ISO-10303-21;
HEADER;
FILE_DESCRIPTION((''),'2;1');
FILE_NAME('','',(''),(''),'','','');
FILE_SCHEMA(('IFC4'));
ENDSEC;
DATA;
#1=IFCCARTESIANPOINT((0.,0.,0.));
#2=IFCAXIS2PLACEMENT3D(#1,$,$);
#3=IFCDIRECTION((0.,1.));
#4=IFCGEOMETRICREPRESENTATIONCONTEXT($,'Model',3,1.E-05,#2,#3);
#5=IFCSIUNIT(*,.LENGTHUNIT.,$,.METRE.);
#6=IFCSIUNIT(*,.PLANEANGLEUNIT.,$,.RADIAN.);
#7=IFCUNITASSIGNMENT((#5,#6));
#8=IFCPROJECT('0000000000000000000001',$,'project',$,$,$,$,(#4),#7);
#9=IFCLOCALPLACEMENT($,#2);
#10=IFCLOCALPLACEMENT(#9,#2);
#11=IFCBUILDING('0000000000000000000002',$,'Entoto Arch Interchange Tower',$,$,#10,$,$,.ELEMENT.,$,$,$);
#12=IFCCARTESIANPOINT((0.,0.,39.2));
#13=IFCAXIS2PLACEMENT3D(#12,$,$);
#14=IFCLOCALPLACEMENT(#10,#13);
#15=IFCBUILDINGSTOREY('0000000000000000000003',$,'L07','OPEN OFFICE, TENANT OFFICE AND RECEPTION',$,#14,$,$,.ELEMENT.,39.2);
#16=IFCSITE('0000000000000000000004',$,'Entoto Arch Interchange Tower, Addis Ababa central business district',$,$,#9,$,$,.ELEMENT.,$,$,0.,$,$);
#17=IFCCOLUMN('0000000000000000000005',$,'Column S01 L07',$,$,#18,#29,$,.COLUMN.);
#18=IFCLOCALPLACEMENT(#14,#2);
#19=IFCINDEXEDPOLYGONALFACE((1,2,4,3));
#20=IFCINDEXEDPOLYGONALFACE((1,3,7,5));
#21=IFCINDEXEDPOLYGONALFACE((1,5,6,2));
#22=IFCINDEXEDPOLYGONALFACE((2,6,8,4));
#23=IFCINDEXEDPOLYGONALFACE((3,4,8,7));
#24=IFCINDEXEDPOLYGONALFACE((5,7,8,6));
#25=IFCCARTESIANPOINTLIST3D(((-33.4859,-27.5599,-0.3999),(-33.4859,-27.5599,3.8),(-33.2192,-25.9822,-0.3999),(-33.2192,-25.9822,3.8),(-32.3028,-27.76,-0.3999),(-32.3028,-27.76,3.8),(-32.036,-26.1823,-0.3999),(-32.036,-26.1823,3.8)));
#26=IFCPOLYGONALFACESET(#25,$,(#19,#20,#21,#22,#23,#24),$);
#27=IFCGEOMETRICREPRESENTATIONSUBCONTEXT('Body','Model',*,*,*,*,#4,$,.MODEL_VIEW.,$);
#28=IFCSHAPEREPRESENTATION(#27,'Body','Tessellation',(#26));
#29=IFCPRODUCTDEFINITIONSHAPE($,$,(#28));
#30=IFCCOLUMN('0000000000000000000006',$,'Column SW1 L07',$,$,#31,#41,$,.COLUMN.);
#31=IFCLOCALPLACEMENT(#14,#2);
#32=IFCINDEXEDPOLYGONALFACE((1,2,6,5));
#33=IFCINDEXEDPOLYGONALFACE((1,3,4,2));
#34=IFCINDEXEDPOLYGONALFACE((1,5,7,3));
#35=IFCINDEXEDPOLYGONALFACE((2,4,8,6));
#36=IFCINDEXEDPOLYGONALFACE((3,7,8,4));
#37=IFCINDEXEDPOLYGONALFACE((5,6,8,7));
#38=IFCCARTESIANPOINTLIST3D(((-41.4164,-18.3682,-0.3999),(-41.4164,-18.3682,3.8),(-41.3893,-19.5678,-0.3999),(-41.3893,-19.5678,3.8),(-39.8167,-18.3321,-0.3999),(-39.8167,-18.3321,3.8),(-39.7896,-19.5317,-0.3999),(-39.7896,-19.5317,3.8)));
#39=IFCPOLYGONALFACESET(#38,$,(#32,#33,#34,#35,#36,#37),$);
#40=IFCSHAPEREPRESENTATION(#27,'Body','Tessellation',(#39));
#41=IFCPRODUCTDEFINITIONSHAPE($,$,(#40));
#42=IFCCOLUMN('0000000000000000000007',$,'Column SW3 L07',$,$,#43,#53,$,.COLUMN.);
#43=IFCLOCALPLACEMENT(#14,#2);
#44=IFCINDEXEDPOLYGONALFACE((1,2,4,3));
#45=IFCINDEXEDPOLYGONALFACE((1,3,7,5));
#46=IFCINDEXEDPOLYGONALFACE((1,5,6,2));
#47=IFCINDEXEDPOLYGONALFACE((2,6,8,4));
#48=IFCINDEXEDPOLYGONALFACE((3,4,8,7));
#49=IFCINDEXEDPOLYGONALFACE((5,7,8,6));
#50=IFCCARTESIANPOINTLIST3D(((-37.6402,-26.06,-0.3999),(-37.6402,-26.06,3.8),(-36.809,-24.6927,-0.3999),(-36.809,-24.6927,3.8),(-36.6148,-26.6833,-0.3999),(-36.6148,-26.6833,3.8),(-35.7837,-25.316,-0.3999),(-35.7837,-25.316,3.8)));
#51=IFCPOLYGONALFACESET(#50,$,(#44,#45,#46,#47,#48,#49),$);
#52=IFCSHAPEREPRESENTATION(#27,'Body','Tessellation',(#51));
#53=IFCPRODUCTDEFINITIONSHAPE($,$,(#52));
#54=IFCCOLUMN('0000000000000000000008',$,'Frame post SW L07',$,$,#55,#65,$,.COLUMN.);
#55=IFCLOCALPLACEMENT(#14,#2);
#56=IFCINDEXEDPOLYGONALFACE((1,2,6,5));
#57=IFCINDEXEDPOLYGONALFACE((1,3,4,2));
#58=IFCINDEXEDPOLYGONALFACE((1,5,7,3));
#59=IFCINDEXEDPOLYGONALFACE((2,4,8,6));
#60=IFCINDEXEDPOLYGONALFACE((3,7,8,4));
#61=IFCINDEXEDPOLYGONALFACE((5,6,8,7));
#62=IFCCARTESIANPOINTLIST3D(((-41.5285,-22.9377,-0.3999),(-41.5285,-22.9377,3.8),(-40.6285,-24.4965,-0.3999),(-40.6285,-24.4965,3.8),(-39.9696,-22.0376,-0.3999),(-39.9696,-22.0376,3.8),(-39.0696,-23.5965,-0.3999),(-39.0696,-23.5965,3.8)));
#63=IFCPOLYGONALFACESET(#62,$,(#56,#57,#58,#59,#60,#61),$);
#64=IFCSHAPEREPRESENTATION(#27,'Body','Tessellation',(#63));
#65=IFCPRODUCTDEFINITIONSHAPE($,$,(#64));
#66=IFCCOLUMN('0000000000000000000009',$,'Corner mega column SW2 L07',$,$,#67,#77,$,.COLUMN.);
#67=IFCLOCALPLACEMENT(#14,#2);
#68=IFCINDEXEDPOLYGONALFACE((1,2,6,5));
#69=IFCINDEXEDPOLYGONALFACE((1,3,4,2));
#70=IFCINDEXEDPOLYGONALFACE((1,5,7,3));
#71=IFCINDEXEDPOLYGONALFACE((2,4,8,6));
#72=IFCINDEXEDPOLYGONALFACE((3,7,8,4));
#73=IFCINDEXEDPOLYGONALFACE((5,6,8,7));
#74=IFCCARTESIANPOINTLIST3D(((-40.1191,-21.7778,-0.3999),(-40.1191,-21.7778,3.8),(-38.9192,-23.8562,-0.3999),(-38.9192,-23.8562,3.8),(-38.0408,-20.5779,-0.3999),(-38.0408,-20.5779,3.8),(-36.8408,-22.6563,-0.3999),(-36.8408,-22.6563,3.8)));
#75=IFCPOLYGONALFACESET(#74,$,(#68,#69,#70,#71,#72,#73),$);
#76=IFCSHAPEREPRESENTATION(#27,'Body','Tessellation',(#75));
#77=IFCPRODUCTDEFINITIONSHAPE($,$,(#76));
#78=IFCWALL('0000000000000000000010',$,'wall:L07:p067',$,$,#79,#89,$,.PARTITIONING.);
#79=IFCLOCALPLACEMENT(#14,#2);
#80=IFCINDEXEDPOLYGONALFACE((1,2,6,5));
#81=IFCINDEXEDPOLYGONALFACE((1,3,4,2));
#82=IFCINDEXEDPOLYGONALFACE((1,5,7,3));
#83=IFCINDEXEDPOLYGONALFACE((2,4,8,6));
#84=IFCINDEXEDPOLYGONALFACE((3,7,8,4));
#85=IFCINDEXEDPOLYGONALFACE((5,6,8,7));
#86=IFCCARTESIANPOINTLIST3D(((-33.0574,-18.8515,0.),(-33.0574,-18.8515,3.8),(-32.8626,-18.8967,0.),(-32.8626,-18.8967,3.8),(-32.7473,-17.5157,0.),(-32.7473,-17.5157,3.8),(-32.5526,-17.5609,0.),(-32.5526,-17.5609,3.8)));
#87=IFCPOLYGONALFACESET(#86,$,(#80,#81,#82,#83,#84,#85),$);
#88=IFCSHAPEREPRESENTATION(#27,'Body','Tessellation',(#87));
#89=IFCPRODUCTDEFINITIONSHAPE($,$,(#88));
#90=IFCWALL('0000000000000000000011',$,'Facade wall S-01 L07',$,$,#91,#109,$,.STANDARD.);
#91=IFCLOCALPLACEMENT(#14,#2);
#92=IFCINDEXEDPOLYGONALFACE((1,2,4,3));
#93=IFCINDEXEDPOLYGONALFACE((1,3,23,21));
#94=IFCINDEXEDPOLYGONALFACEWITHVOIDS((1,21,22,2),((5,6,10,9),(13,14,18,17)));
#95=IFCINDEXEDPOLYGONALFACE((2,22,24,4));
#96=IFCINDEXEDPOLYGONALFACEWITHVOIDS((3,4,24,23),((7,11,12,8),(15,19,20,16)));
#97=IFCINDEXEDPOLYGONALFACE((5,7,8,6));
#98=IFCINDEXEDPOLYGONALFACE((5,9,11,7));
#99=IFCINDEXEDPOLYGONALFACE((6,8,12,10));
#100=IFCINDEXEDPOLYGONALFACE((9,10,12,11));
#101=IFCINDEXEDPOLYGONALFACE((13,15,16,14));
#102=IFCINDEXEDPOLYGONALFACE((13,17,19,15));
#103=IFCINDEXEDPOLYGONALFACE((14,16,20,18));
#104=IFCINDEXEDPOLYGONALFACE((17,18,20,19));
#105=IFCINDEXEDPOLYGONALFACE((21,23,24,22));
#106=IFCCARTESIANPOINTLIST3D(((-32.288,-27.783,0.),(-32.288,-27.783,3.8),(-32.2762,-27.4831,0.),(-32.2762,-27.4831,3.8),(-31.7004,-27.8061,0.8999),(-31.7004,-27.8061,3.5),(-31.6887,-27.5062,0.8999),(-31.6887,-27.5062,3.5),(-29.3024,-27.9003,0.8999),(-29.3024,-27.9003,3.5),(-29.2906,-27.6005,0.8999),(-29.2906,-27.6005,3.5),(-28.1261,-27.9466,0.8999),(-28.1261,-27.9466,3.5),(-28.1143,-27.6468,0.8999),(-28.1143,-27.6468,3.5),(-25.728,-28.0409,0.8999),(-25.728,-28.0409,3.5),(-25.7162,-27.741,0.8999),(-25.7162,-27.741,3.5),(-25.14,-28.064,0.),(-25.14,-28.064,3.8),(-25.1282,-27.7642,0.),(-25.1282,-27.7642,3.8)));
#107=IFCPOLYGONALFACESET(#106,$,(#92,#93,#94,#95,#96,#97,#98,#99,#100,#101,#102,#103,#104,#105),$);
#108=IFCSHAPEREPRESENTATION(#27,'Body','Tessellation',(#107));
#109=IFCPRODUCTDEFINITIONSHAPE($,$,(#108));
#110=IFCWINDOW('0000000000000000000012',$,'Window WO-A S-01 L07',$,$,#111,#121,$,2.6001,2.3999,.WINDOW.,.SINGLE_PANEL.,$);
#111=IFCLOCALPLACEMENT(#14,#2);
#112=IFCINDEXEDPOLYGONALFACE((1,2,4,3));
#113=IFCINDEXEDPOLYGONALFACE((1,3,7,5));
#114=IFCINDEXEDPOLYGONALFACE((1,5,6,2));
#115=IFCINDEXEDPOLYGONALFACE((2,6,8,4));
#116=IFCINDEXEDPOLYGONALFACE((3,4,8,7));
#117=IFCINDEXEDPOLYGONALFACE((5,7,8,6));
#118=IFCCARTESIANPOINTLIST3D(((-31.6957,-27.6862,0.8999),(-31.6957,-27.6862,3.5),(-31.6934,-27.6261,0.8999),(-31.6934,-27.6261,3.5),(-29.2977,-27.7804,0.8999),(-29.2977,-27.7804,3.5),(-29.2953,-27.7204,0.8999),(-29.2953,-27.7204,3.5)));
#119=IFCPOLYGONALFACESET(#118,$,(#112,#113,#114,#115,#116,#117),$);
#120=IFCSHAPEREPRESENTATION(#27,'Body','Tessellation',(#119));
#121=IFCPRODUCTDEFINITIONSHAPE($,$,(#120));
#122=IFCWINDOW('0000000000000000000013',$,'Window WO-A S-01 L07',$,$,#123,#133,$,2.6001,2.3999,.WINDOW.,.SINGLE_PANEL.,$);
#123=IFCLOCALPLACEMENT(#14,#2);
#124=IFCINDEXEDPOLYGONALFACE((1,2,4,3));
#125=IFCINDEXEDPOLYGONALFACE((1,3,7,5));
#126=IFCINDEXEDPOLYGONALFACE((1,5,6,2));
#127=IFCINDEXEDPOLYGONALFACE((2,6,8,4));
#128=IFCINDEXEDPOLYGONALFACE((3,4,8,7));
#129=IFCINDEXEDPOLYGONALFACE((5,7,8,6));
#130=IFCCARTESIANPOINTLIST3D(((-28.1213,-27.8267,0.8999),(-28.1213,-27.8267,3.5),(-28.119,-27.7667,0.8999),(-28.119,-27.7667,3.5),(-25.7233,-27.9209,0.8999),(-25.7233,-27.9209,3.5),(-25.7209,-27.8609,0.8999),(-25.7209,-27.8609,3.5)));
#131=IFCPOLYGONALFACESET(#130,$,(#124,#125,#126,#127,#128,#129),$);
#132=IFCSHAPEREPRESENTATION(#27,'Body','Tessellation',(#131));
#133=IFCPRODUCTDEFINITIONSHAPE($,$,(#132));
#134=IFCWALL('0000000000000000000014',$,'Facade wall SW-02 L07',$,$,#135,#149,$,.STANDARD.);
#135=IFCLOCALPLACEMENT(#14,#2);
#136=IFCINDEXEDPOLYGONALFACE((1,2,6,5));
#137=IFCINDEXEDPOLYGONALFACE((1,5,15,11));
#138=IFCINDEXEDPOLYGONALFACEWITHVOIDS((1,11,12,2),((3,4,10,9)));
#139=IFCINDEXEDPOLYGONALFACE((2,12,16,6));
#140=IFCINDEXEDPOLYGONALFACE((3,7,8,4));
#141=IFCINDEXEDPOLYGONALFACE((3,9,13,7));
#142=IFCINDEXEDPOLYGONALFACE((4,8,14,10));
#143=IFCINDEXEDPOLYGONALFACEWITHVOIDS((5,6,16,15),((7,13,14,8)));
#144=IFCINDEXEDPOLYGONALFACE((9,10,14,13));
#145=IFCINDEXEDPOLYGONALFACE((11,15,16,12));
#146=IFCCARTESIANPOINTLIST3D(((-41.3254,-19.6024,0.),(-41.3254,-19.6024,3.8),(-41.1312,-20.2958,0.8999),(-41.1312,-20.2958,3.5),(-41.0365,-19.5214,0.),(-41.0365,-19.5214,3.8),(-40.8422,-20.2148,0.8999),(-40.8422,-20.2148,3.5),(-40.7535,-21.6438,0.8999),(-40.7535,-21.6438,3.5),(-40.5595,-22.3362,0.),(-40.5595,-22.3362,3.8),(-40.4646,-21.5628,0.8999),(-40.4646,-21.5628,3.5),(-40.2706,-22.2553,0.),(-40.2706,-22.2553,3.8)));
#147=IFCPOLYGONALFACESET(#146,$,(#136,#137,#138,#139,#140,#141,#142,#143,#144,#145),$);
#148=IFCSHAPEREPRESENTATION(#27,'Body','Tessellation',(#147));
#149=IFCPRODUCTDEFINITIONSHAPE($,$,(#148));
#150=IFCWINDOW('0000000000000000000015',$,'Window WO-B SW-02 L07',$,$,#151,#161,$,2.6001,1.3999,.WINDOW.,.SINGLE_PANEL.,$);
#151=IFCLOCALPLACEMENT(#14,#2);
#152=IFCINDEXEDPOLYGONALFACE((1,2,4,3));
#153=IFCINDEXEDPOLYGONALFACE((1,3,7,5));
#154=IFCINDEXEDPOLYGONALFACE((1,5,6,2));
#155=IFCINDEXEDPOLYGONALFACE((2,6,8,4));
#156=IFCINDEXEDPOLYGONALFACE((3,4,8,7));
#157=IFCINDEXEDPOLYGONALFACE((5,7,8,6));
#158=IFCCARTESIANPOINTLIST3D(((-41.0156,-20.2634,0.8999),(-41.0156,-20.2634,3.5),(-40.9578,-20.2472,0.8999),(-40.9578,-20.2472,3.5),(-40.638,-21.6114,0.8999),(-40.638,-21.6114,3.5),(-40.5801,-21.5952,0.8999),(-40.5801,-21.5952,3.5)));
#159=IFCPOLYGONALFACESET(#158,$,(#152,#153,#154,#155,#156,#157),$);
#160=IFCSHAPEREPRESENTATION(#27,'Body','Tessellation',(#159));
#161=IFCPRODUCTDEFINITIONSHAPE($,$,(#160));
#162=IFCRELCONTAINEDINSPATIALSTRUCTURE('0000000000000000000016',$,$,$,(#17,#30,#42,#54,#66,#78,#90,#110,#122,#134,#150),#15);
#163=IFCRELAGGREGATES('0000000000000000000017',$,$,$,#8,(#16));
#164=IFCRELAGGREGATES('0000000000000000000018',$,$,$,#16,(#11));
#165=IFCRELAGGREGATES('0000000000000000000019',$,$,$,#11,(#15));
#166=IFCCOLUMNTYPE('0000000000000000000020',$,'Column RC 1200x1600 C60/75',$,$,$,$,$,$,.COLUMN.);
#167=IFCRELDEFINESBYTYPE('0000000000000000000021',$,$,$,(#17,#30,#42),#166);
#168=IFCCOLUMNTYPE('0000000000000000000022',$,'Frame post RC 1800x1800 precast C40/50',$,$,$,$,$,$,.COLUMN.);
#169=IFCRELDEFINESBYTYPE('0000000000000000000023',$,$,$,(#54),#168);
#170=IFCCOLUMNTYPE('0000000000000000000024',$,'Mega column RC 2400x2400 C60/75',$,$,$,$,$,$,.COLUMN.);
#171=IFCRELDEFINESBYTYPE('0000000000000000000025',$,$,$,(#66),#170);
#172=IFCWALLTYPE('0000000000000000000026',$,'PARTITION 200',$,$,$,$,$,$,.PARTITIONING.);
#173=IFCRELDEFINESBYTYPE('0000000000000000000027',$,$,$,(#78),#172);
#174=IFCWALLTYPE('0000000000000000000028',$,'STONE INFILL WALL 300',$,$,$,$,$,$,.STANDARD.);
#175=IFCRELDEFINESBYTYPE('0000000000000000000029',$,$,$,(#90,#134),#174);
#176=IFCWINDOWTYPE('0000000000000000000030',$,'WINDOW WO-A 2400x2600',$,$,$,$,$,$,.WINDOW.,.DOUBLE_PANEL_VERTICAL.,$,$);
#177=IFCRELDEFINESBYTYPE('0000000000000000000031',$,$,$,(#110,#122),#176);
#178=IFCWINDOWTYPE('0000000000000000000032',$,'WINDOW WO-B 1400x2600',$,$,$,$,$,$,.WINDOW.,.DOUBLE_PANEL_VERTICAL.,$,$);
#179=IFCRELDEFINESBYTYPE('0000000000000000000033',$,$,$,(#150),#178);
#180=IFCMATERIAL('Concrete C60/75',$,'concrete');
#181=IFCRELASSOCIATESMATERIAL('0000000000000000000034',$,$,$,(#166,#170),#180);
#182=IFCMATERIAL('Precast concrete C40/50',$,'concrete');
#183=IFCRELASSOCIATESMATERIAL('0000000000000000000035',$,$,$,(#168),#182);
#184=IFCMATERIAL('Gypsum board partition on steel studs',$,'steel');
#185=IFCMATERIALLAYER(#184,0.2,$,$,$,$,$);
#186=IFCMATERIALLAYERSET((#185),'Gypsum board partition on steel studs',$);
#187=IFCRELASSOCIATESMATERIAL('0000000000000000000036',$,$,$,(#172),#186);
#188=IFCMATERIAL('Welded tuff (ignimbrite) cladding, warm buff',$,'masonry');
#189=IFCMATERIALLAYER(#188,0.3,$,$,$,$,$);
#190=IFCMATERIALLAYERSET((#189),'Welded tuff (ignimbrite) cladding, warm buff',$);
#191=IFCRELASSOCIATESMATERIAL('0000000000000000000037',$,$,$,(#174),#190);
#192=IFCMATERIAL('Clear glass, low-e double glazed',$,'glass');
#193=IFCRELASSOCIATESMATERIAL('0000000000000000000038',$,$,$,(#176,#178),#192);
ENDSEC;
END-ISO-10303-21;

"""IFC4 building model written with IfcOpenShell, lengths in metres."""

from ifc_helpers import new_model, si_unit, direction, frame, frame_2d, origin, origin_2d, place, context, subcontext, project, spatial, rectangle, extrude, material, layer, layer_set, material_profile, profile_set, type_object, element, fill, save


model = new_model("IFC4")

# Units and contexts
model_context = context("Model", 3, precision=1e-05, world=origin(), true_north=direction((0.0, 1.0)))
body_context = subcontext(model_context, "Body", "Model", "MODEL_VIEW")
ifc_project = project(units=[si_unit("LENGTHUNIT", "METRE"), si_unit("PLANEANGLEUNIT", "RADIAN")], contexts=[model_context])

# Site, building, storey
site_placement = place(None, origin())
site = spatial("IfcSite", under=ifc_project, at=site_placement, Name="Entoto Arch Interchange Tower, Addis Ababa central business district", CompositionType="ELEMENT", RefElevation=0.0)
building_placement = place(site_placement, origin())
building = spatial("IfcBuilding", under=site, at=building_placement, Name="Entoto Arch Interchange Tower", CompositionType="ELEMENT")
storey_placement = place(building_placement, frame((0.0, 0.0, 39.2)))
storey = spatial("IfcBuildingStorey", under=building, at=storey_placement, Name="L07", Description="OPEN OFFICE, TENANT OFFICE AND RECEPTION", CompositionType="ELEMENT", Elevation=39.2)

# Columns
ifc_material_1 = material(Name="Concrete C60/75", Category="concrete")
ifc_material_profile_1 = material_profile(ifc_material_1, rectangle(XDim=1.2, YDim=1.6001, at=origin_2d()))
ifc_profile_set_1 = profile_set([ifc_material_profile_1], Name="Concrete C60/75")
column_type_1 = type_object("IfcColumnType", Name="Column RC 1200x1600 C60/75", PredefinedType="COLUMN", material=ifc_profile_set_1)
for number, where, z_axis, x_axis, name in (
    (1, (-32.761, -26.8711, -0.3999), (0.0, 0.0, 1.0), (-0.986005, 0.166717, 0.0), "Column S01 L07"),
    (2, (-40.603, -18.95, -0.3999), (0.0, 0.0, 1.0), (-0.022565, 0.999745, 0.0), "Column SW1 L07"),
    (3, (-36.7119, -25.688, -0.3999), (0.0, 0.0, 1.0), (-0.854522, 0.519415, 0.0), "Column SW3 L07"),
):
    element("IfcColumn", number, at=place(storey_placement, frame(where, z_axis=z_axis, x_axis=x_axis)), inside=storey, type_object=column_type_1, Name=name, PredefinedType="COLUMN", context=body_context, shape_type="SweptSolid", body=[
        extrude(rectangle(XDim=1.2, YDim=1.6001, at=origin_2d()), origin(), (0.0, 0.0, 1.0), 4.2),
    ])
ifc_material_2 = material(Name="Precast concrete C40/50", Category="concrete")
ifc_material_profile_2 = material_profile(ifc_material_2, rectangle(XDim=1.8, YDim=1.8, at=origin_2d()))
ifc_profile_set_2 = profile_set([ifc_material_profile_2], Name="Precast concrete C40/50")
column_type_2 = type_object("IfcColumnType", Name="Frame post RC 1800x1800 precast C40/50", PredefinedType="COLUMN", material=ifc_profile_set_2)
column_1_placement = place(storey_placement, frame((-40.2991, -23.2671, -0.3999), z_axis=(0.0, 0.0, 1.0), x_axis=(0.866025, 0.5, 0.0)))
element("IfcColumn", 4, at=column_1_placement, inside=storey, type_object=column_type_2, Name="Frame post SW L07", PredefinedType="COLUMN", context=body_context, shape_type="SweptSolid", body=[
    extrude(rectangle(XDim=1.8, YDim=1.8, at=origin_2d()), origin(), (0.0, 0.0, 1.0), 4.2),
])
ifc_material_profile_3 = material_profile(ifc_material_1, rectangle(XDim=2.3999, YDim=2.3999, at=origin_2d()))
ifc_profile_set_3 = profile_set([ifc_material_profile_3], Name="Concrete C60/75")
column_type_3 = type_object("IfcColumnType", Name="Mega column RC 2400x2400 C60/75", PredefinedType="COLUMN", material=ifc_profile_set_3)
column_2_placement = place(storey_placement, frame((-38.48, -22.217, -0.3999), z_axis=(0.0, 0.0, 1.0), x_axis=(0.866025, 0.5, 0.0)))
element("IfcColumn", 5, at=column_2_placement, inside=storey, type_object=column_type_3, Name="Corner mega column SW2 L07", PredefinedType="COLUMN", context=body_context, shape_type="SweptSolid", body=[
    extrude(rectangle(XDim=2.3999, YDim=2.3999, at=origin_2d()), origin(), (0.0, 0.0, 1.0), 4.2),
])

# Wall
ifc_material_3 = material(Name="Gypsum board partition on steel studs", Category="steel")
ifc_layer_1 = layer(ifc_material_3, 0.2)
ifc_layer_set_1 = layer_set([ifc_layer_1], Name="Gypsum board partition on steel studs")
wall_type_1 = type_object("IfcWallType", Name="PARTITION 200", PredefinedType="PARTITIONING", material=ifc_layer_set_1)
wall_1_placement = place(storey_placement, frame((-32.96, -18.874, 0.0), z_axis=(0.0, 0.0, 1.0), x_axis=(0.226081, 0.974108, 0.0)))
element("IfcWall", 6, at=wall_1_placement, inside=storey, type_object=wall_type_1, Name="wall:L07:p067", PredefinedType="PARTITIONING", context=body_context, shape_type="SweptSolid", body=[
    extrude(rectangle(XDim=1.3713, YDim=0.2, at=frame_2d((0.6855, 0.0))), origin(), (0.0, 0.0, 1.0), 3.8),
])

# Wall, openings, windows
ifc_material_4 = material(Name="Welded tuff (ignimbrite) cladding, warm buff", Category="masonry")
ifc_layer_2 = layer(ifc_material_4, 0.3)
ifc_layer_set_2 = layer_set([ifc_layer_2], Name="Welded tuff (ignimbrite) cladding, warm buff")
wall_type_2 = type_object("IfcWallType", Name="STONE INFILL WALL 300", PredefinedType="STANDARD", material=ifc_layer_set_2)
wall_2_placement = place(storey_placement, frame((-32.282, -27.6331, 0.0), z_axis=(0.0, 0.0, 1.0), x_axis=(0.999228, -0.039282, 0.0)))
wall_2 = element("IfcWall", 7, at=wall_2_placement, inside=storey, type_object=wall_type_2, Name="Facade wall S-01 L07", PredefinedType="STANDARD", context=body_context, shape_type="SweptSolid", body=[
    extrude(rectangle(XDim=7.1536, YDim=0.3, at=frame_2d((3.5767, 0.0))), origin(), (0.0, 0.0, 1.0), 3.8),
])
opening_1_placement = place(wall_2_placement, frame((0.5879, 0.0, 0.8999)))
opening_1 = element("IfcOpeningElement", 8, at=opening_1_placement, cuts=wall_2, PredefinedType="OPENING", context=body_context, shape_type="SweptSolid", body=[
    extrude(rectangle(XDim=2.3999, YDim=2.6001, at=frame_2d((1.2, 1.3))), frame((0.0, 0.1602, 0.0), z_axis=(0.0, -1.0, 0.0), x_axis=(1.0, 0.0, 0.0)), (0.0, 0.0, 1.0), 0.3201),
])
opening_2_placement = place(wall_2_placement, frame((4.165, 0.0, 0.8999)))
opening_2 = element("IfcOpeningElement", 9, at=opening_2_placement, cuts=wall_2, PredefinedType="OPENING", context=body_context, shape_type="SweptSolid", body=[
    extrude(rectangle(XDim=2.3999, YDim=2.6001, at=frame_2d((1.2, 1.3))), frame((0.0, 0.1602, 0.0), z_axis=(0.0, -1.0, 0.0), x_axis=(1.0, 0.0, 0.0)), (0.0, 0.0, 1.0), 0.3201),
])
ifc_material_5 = material(Name="Clear glass, low-e double glazed", Category="glass")
window_type_1 = type_object("IfcWindowType", Name="WINDOW WO-A 2400x2600", PartitioningType="DOUBLE_PANEL_VERTICAL", PredefinedType="WINDOW", material=ifc_material_5)
window_1_placement = place(opening_1_placement, origin())
window_1 = element("IfcWindow", 10, at=window_1_placement, inside=storey, type_object=window_type_1, Name="Window WO-A S-01 L07", OverallHeight=2.6001, OverallWidth=2.3999, PartitioningType="SINGLE_PANEL", PredefinedType="WINDOW", context=body_context, shape_type="SweptSolid", body=[
    extrude(rectangle(XDim=2.3999, YDim=2.6001, at=frame_2d((1.2, 1.3))), frame((0.0, 0.03, 0.0), z_axis=(0.0, -1.0, 0.0), x_axis=(1.0, 0.0, 0.0)), (0.0, 0.0, 1.0), 0.0601),
])
fill(opening_1, window_1)
window_2_placement = place(opening_2_placement, origin())
window_2 = element("IfcWindow", 11, at=window_2_placement, inside=storey, type_object=window_type_1, Name="Window WO-A S-01 L07", OverallHeight=2.6001, OverallWidth=2.3999, PartitioningType="SINGLE_PANEL", PredefinedType="WINDOW", context=body_context, shape_type="SweptSolid", body=[
    extrude(rectangle(XDim=2.3999, YDim=2.6001, at=frame_2d((1.2, 1.3))), frame((0.0, 0.03, 0.0), z_axis=(0.0, -1.0, 0.0), x_axis=(1.0, 0.0, 0.0)), (0.0, 0.0, 1.0), 0.0601),
])
fill(opening_2, window_2)

# Wall, opening, window
wall_3_placement = place(storey_placement, frame((-41.1809, -19.562, 0.0), z_axis=(0.0, 0.0, 1.0), x_axis=(0.269754, -0.962929, 0.0)))
wall_3 = element("IfcWall", 12, at=wall_3_placement, inside=storey, type_object=wall_type_2, Name="Facade wall SW-02 L07", PredefinedType="STANDARD", context=body_context, shape_type="SweptSolid", body=[
    extrude(rectangle(XDim=2.8391, YDim=0.3, at=frame_2d((1.4194, 0.0))), origin(), (0.0, 0.0, 1.0), 3.8),
])
opening_3_placement = place(wall_3_placement, frame((0.72, 0.0, 0.8999)))
opening_3 = element("IfcOpeningElement", 13, at=opening_3_placement, cuts=wall_3, PredefinedType="OPENING", context=body_context, shape_type="SweptSolid", body=[
    extrude(rectangle(XDim=1.3999, YDim=2.6001, at=frame_2d((0.7, 1.3))), frame((0.0, 0.1602, 0.0), z_axis=(0.0, -1.0, 0.0), x_axis=(1.0, 0.0, 0.0)), (0.0, 0.0, 1.0), 0.3201),
])
window_type_2 = type_object("IfcWindowType", Name="WINDOW WO-B 1400x2600", PartitioningType="DOUBLE_PANEL_VERTICAL", PredefinedType="WINDOW", material=ifc_material_5)
window_3_placement = place(opening_3_placement, origin())
window_3 = element("IfcWindow", 14, at=window_3_placement, inside=storey, type_object=window_type_2, Name="Window WO-B SW-02 L07", OverallHeight=2.6001, OverallWidth=1.3999, PartitioningType="SINGLE_PANEL", PredefinedType="WINDOW", context=body_context, shape_type="SweptSolid", body=[
    extrude(rectangle(XDim=1.3999, YDim=2.6001, at=frame_2d((0.7, 1.3))), frame((0.0, 0.03, 0.0), z_axis=(0.0, -1.0, 0.0), x_axis=(1.0, 0.0, 0.0)), (0.0, 0.0, 1.0), 0.0601),
])
fill(opening_3, window_3)

save(model, "model.ifc")
